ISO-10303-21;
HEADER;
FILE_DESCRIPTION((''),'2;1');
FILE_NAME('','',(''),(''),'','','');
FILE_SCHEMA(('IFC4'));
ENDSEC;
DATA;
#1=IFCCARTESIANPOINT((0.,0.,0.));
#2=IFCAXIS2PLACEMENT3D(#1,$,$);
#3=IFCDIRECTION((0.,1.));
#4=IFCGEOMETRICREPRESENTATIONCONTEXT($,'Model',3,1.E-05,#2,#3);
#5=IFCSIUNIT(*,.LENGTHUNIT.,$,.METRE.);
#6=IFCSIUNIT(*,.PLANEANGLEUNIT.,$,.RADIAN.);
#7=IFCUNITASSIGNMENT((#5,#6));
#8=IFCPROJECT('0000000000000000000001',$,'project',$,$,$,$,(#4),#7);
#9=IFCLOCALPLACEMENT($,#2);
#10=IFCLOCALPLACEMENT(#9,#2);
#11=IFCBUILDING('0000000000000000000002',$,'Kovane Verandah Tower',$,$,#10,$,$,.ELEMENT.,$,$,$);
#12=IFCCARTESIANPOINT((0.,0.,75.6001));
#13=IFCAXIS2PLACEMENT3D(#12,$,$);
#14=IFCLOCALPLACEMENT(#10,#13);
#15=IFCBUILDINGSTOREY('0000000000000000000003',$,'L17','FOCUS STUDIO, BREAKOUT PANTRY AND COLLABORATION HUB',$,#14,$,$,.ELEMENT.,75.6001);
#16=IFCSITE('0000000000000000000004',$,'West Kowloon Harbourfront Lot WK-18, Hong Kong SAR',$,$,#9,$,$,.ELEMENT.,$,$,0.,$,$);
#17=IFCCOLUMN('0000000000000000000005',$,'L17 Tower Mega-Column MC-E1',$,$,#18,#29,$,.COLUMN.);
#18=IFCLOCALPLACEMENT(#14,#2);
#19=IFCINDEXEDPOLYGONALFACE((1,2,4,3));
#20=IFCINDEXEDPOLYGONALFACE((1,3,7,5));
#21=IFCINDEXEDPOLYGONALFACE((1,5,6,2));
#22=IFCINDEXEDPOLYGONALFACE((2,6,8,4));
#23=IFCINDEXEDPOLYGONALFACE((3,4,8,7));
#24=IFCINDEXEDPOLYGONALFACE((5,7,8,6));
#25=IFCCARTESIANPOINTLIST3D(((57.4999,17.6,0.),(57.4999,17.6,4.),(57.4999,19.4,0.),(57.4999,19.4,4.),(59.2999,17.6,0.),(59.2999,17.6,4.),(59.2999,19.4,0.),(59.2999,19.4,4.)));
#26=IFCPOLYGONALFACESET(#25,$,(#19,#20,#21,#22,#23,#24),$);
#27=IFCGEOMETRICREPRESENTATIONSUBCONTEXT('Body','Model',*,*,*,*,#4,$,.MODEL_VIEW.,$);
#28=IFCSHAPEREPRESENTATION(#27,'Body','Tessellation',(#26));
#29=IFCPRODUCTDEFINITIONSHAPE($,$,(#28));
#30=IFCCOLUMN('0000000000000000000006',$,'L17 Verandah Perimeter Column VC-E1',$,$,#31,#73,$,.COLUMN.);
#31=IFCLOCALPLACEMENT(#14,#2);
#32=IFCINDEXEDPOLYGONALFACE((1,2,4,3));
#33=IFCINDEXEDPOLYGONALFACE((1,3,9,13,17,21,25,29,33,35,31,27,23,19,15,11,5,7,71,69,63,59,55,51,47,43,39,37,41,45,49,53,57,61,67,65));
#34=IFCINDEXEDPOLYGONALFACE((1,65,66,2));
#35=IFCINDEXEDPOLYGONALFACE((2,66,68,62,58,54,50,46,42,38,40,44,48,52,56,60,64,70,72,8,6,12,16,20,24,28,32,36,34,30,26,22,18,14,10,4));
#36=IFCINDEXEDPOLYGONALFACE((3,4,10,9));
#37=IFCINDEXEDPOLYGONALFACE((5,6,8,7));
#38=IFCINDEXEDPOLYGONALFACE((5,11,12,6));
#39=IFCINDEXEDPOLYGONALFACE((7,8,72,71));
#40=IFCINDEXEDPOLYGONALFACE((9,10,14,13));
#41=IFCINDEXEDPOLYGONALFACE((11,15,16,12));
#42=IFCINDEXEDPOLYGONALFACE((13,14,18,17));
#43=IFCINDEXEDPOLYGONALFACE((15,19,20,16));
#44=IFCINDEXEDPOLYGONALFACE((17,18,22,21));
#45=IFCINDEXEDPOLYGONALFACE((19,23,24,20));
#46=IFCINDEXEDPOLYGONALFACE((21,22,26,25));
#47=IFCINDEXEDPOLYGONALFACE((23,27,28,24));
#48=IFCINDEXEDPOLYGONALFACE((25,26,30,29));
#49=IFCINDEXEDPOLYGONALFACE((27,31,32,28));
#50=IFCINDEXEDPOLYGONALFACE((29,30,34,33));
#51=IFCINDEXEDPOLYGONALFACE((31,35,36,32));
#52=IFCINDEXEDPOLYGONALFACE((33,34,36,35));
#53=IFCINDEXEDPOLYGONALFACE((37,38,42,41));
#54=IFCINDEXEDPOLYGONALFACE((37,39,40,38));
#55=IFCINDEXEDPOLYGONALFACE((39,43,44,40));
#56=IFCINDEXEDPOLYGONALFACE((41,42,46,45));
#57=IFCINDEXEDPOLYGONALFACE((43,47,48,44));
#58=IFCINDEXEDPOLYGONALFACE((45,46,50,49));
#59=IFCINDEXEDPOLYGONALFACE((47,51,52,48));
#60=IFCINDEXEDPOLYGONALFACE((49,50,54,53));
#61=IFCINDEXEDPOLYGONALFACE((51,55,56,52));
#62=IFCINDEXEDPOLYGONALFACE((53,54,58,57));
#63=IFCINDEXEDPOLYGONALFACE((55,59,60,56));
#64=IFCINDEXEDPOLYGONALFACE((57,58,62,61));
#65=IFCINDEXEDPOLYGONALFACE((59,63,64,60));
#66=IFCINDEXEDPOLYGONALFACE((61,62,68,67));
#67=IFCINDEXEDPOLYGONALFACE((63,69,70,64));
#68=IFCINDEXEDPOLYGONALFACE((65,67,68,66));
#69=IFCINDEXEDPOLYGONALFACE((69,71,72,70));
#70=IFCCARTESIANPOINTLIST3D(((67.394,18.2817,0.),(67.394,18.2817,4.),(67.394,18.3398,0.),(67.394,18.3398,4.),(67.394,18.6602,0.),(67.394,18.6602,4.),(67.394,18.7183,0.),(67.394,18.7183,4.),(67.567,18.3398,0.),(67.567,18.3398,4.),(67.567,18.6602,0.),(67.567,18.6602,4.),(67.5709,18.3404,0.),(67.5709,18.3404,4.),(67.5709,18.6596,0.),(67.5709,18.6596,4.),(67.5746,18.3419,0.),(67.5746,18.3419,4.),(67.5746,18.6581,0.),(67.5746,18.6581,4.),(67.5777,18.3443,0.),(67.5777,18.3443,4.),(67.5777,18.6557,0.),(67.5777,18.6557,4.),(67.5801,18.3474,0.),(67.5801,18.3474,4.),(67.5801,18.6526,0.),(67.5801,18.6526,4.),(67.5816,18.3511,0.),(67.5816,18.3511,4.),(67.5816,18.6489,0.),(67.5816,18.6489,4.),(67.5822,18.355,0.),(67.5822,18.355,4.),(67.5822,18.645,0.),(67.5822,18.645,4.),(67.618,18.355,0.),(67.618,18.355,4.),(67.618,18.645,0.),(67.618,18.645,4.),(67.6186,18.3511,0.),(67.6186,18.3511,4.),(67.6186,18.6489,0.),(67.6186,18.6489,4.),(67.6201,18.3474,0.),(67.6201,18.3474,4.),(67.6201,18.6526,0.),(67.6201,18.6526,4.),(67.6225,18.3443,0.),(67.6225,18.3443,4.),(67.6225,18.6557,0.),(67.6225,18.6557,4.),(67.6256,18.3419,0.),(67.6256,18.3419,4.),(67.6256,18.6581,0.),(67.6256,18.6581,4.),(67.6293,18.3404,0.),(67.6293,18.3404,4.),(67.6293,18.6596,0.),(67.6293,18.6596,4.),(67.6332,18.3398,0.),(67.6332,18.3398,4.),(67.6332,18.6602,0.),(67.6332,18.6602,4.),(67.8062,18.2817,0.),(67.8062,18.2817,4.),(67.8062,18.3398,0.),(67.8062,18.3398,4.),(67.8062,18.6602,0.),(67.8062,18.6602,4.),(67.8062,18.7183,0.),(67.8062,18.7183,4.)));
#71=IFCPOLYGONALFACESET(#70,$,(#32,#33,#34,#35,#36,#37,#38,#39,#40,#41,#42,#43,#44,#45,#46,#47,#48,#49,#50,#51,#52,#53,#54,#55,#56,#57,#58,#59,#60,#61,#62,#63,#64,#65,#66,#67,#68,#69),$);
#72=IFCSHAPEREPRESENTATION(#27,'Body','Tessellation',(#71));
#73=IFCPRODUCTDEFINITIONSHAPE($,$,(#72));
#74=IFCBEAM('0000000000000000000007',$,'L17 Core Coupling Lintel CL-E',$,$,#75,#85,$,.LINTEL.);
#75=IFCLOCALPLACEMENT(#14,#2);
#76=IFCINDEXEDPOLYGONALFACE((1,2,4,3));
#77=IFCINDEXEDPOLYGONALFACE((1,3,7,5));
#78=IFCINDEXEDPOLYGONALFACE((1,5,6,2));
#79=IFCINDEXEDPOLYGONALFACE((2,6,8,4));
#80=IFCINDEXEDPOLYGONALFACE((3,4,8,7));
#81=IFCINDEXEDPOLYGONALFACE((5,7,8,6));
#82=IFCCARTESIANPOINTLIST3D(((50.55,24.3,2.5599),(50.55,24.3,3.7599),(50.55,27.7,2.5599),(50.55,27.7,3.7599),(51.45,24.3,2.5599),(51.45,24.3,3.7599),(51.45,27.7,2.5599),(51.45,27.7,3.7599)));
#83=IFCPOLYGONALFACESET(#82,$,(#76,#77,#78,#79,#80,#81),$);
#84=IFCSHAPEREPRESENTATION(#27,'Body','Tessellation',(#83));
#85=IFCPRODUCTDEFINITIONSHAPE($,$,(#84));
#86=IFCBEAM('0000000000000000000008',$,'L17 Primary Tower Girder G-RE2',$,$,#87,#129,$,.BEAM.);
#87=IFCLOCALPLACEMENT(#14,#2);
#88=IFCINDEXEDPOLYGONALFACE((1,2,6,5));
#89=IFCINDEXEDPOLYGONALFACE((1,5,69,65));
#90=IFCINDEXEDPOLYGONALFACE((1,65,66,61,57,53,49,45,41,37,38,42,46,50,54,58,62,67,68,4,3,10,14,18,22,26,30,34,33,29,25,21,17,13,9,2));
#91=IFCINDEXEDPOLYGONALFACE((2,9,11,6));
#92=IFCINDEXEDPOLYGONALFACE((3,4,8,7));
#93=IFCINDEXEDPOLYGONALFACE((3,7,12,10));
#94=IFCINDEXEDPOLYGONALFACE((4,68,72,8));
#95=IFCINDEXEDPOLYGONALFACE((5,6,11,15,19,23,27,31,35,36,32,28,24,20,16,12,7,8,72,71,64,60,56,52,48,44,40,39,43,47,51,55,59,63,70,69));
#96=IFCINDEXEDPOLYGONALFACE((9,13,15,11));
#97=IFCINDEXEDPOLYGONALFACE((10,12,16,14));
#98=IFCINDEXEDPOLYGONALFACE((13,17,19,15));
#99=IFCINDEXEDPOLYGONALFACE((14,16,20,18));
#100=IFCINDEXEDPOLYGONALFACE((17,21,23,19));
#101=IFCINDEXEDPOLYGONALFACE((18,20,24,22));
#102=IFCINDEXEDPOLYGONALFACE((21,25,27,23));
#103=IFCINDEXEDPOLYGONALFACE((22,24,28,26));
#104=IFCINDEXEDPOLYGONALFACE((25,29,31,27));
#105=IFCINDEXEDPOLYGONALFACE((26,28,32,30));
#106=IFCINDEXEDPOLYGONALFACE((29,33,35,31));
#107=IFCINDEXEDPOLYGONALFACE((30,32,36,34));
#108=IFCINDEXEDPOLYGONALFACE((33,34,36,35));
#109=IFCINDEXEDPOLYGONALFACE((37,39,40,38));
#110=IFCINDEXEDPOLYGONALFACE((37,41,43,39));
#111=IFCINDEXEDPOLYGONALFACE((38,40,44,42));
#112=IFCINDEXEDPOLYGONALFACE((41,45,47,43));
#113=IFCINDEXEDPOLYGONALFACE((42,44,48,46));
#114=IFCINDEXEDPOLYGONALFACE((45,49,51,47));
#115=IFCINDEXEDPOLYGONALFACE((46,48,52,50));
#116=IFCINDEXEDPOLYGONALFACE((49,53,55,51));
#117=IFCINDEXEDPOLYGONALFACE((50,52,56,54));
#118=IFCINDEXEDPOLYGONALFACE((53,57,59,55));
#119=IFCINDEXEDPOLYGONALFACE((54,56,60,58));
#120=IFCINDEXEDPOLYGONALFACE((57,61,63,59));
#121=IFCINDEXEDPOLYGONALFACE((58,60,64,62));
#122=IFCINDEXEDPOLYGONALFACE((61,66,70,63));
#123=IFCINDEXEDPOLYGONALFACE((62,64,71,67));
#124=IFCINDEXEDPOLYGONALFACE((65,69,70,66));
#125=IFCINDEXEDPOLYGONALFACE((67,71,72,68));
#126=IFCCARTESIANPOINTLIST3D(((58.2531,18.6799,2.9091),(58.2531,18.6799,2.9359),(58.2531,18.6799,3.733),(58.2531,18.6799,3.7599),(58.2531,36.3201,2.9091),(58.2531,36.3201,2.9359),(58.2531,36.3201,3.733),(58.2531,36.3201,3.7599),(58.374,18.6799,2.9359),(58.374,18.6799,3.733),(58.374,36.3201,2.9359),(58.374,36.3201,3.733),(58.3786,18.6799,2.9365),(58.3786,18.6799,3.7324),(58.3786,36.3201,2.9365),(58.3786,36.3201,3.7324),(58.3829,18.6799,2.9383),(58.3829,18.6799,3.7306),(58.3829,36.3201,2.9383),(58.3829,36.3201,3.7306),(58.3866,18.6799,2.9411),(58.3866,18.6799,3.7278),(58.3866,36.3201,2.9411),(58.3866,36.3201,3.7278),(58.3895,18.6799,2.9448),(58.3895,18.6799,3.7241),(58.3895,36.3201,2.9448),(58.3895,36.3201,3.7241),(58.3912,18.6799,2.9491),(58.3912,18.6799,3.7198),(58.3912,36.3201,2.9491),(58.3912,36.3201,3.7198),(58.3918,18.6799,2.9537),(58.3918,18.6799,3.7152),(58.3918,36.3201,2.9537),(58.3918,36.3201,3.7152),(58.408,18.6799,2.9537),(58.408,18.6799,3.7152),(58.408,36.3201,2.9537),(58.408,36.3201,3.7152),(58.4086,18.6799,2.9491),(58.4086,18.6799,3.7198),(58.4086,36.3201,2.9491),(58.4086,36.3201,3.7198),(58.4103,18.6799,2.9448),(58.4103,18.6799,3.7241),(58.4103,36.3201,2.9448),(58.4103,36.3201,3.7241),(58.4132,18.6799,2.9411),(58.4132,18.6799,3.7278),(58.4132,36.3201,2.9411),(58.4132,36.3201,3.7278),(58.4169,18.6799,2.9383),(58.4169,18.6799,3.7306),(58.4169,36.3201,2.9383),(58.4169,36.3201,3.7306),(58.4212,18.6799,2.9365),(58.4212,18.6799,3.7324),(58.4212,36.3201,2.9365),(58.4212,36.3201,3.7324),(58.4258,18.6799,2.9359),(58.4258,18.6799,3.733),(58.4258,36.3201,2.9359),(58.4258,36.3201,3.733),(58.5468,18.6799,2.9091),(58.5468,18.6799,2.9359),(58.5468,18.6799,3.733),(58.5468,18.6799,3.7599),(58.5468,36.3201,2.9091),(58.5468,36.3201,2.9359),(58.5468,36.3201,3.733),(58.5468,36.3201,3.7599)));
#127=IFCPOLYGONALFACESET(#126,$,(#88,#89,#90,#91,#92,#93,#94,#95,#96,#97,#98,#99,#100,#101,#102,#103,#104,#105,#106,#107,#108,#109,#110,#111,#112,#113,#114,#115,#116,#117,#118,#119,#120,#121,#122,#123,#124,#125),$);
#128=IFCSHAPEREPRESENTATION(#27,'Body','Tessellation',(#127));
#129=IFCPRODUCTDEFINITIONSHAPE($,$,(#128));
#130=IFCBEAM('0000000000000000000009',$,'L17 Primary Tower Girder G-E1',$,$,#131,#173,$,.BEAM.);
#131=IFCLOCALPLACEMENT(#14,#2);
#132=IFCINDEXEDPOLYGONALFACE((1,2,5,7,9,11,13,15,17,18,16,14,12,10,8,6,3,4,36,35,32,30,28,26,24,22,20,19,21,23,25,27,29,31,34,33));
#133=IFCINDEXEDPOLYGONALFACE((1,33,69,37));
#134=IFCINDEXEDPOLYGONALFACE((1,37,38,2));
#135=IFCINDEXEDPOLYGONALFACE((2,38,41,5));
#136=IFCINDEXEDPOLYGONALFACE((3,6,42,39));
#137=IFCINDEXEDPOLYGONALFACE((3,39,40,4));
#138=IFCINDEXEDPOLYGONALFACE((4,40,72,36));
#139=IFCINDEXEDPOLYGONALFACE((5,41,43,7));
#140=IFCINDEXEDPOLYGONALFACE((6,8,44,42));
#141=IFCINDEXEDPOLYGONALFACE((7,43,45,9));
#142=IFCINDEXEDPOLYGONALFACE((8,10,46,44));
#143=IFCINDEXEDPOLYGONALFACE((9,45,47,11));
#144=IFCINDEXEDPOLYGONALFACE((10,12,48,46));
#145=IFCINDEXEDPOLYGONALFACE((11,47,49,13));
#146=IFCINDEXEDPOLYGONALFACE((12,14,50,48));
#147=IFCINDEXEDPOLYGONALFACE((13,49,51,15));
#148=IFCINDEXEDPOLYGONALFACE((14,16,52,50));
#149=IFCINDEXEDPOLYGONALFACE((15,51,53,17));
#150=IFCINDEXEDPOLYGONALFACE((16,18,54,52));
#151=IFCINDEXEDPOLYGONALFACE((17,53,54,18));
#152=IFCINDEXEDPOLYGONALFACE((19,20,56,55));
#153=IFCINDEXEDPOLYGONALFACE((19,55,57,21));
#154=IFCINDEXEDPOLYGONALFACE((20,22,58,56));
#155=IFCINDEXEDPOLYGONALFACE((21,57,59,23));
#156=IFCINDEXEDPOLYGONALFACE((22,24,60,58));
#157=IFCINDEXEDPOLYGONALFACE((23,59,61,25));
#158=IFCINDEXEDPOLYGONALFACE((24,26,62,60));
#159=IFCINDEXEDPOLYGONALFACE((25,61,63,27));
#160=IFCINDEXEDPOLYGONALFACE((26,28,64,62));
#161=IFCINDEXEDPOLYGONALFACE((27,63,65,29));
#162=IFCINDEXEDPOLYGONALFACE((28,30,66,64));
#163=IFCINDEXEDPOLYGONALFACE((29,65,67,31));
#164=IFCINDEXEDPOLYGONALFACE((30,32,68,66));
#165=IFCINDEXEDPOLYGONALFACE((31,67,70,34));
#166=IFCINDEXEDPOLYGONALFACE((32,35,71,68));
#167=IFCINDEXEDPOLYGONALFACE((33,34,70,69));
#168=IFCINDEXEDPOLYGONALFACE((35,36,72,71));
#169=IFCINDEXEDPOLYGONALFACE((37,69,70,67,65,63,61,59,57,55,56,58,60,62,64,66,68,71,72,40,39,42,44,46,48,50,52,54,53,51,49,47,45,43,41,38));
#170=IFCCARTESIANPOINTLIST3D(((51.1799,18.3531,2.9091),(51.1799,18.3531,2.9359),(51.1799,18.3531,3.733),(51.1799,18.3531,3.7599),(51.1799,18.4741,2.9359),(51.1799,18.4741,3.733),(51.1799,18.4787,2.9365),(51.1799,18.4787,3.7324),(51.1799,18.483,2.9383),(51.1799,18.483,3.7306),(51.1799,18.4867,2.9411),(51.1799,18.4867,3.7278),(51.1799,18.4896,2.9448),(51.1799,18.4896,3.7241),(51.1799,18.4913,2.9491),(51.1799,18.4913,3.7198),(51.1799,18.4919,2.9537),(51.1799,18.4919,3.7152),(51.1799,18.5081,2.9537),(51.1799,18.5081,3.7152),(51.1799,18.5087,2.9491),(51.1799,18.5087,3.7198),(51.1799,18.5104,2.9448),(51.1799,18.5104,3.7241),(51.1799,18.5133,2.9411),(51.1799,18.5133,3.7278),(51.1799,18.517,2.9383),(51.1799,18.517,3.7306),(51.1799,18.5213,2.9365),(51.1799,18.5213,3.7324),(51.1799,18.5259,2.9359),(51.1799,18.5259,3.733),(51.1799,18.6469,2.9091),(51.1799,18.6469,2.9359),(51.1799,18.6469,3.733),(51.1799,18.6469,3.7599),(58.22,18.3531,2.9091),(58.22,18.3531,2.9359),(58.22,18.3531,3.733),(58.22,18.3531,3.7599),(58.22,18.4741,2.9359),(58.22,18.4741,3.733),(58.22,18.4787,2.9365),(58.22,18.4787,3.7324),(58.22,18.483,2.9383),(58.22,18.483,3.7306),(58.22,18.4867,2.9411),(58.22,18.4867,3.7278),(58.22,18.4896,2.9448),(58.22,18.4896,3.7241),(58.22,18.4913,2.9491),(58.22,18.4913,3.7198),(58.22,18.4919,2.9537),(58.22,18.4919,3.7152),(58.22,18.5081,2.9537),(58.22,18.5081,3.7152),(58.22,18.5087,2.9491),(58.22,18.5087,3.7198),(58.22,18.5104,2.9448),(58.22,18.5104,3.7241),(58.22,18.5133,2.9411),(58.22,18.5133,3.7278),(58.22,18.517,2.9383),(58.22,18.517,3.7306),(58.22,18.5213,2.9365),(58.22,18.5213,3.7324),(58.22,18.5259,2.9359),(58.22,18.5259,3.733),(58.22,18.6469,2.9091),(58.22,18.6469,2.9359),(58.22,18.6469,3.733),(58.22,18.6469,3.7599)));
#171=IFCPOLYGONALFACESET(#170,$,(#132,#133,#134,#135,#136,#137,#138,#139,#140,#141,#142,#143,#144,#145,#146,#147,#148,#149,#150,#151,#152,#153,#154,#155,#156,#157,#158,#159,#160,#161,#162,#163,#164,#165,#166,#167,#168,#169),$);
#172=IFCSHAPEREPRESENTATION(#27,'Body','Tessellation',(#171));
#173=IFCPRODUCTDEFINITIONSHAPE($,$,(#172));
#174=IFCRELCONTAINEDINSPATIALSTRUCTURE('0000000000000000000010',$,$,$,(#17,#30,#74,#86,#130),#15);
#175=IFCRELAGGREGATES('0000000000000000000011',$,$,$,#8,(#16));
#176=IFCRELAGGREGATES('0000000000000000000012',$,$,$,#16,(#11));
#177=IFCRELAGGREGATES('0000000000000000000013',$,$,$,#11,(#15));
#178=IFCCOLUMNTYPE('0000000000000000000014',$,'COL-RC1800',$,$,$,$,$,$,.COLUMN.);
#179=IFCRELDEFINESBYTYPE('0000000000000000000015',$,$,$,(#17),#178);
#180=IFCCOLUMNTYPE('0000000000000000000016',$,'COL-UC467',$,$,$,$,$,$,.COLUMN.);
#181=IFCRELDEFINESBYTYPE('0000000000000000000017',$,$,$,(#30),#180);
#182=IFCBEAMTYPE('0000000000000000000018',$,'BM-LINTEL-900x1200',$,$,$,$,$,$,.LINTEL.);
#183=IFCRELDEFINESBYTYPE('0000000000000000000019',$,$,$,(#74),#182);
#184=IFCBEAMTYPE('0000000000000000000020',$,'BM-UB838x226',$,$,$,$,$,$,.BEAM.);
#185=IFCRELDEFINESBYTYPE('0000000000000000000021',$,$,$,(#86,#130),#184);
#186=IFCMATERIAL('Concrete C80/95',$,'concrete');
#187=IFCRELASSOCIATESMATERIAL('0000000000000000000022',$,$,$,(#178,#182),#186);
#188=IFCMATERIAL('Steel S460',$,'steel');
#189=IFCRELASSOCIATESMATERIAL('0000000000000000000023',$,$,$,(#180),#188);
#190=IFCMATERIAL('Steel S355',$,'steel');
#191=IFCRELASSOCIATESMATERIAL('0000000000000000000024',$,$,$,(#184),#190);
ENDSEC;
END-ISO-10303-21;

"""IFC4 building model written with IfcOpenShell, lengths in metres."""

from ifc_helpers import new_model, si_unit, direction, frame, origin, origin_2d, place, context, subcontext, project, spatial, rectangle, i_section, extrude, material, material_profile, profile_set, type_object, element, save


model = new_model("IFC4")

# Units and contexts
model_context = context("Model", 3, precision=1e-05, world=origin(), true_north=direction((0.0, 1.0)))
body_context = subcontext(model_context, "Body", "Model", "MODEL_VIEW")
ifc_project = project(units=[si_unit("LENGTHUNIT", "METRE"), si_unit("PLANEANGLEUNIT", "RADIAN")], contexts=[model_context])

# Site, building, storey
site_placement = place(None, origin())
site = spatial("IfcSite", under=ifc_project, at=site_placement, Name="West Kowloon Harbourfront Lot WK-18, Hong Kong SAR", CompositionType="ELEMENT", RefElevation=0.0)
building_placement = place(site_placement, origin())
building = spatial("IfcBuilding", under=site, at=building_placement, Name="Kovane Verandah Tower", CompositionType="ELEMENT")
storey_placement = place(building_placement, frame((0.0, 0.0, 75.6001)))
storey = spatial("IfcBuildingStorey", under=building, at=storey_placement, Name="L17", Description="FOCUS STUDIO, BREAKOUT PANTRY AND COLLABORATION HUB", CompositionType="ELEMENT", Elevation=75.6001)

# Columns
ifc_material_1 = material(Name="Concrete C80/95", Category="concrete")
ifc_material_profile_1 = material_profile(ifc_material_1, rectangle(XDim=1.8, YDim=1.8, at=origin_2d()), Name="RC1800x1800")
ifc_profile_set_1 = profile_set([ifc_material_profile_1], Name="Concrete C80/95")
column_type_1 = type_object("IfcColumnType", Name="COL-RC1800", PredefinedType="COLUMN", material=ifc_profile_set_1)
column_1_placement = place(storey_placement, frame((58.3999, 18.5, 0.0), z_axis=(0.0, 0.0, 1.0), x_axis=(1.0, 0.0, 0.0)))
element("IfcColumn", 1, at=column_1_placement, inside=storey, type_object=column_type_1, Name="L17 Tower Mega-Column MC-E1", PredefinedType="COLUMN", context=body_context, shape_type="SweptSolid", body=[
    extrude(rectangle(XDim=1.8, YDim=1.8, at=origin_2d()), origin(), (0.0, 0.0, 1.0), 4.0),
])
ifc_material_2 = material(Name="Steel S460", Category="steel")
ifc_material_profile_2 = material_profile(ifc_material_2, i_section(OverallWidth=0.4121, OverallDepth=0.4365, WebThickness=0.0359, FlangeThickness=0.0581, FilletRadius=0.0151, at=origin_2d()), Name="UC356x406x467")
ifc_profile_set_2 = profile_set([ifc_material_profile_2], Name="Steel S460")
column_type_2 = type_object("IfcColumnType", Name="COL-UC467", PredefinedType="COLUMN", material=ifc_profile_set_2)
column_2_placement = place(storey_placement, frame((67.6001, 18.5, 0.0), z_axis=(0.0, 0.0, 1.0), x_axis=(1.0, 0.0, 0.0)))
element("IfcColumn", 2, at=column_2_placement, inside=storey, type_object=column_type_2, Name="L17 Verandah Perimeter Column VC-E1", PredefinedType="COLUMN", context=body_context, shape_type="SweptSolid", body=[
    extrude(i_section(OverallWidth=0.4121, OverallDepth=0.4365, WebThickness=0.0359, FlangeThickness=0.0581, FilletRadius=0.0151, at=origin_2d()), origin(), (0.0, 0.0, 1.0), 4.0),
])

# Beams
ifc_material_profile_3 = material_profile(ifc_material_1, rectangle(XDim=0.8999, YDim=1.2, at=origin_2d()), Name="RCB900x1200")
ifc_profile_set_3 = profile_set([ifc_material_profile_3], Name="Concrete C80/95")
beam_type_1 = type_object("IfcBeamType", Name="BM-LINTEL-900x1200", PredefinedType="LINTEL", material=ifc_profile_set_3)
beam_1_placement = place(storey_placement, frame((51.0, 24.3, 3.1599), z_axis=(0.0, 1.0, 0.0), x_axis=(-1.0, 0.0, 0.0)))
element("IfcBeam", 3, at=beam_1_placement, inside=storey, type_object=beam_type_1, Name="L17 Core Coupling Lintel CL-E", PredefinedType="LINTEL", context=body_context, shape_type="SweptSolid", body=[
    extrude(rectangle(XDim=0.8999, YDim=1.2, at=origin_2d()), origin(), (0.0, 0.0, 1.0), 3.3999),
])
ifc_material_3 = material(Name="Steel S355", Category="steel")
ifc_material_profile_4 = material_profile(ifc_material_3, i_section(OverallWidth=0.2937, OverallDepth=0.8508, WebThickness=0.0161, FlangeThickness=0.0269, FilletRadius=0.0178, at=origin_2d()), Name="UB838x292x226")
ifc_profile_set_4 = profile_set([ifc_material_profile_4], Name="Steel S355")
beam_type_2 = type_object("IfcBeamType", Name="BM-UB838x226", PredefinedType="BEAM", material=ifc_profile_set_4)
beam_2_placement = place(storey_placement, frame((58.3999, 18.6799, 3.3345), z_axis=(0.0, 1.0, 0.0), x_axis=(-1.0, 0.0, 0.0)))
element("IfcBeam", 4, at=beam_2_placement, inside=storey, type_object=beam_type_2, Name="L17 Primary Tower Girder G-RE2", PredefinedType="BEAM", context=body_context, shape_type="SweptSolid", body=[
    extrude(i_section(OverallWidth=0.2937, OverallDepth=0.8508, WebThickness=0.0161, FlangeThickness=0.0269, FilletRadius=0.0178, at=origin_2d()), origin(), (0.0, 0.0, 1.0), 17.6401),
])
beam_3_placement = place(storey_placement, frame((51.1799, 18.5, 3.3345), z_axis=(1.0, 0.0, 0.0), x_axis=(0.0, 1.0, 0.0)))
element("IfcBeam", 5, at=beam_3_placement, inside=storey, type_object=beam_type_2, Name="L17 Primary Tower Girder G-E1", PredefinedType="BEAM", context=body_context, shape_type="SweptSolid", body=[
    extrude(i_section(OverallWidth=0.2937, OverallDepth=0.8508, WebThickness=0.0161, FlangeThickness=0.0269, FilletRadius=0.0178, at=origin_2d()), origin(), (0.0, 0.0, 1.0), 7.04),
])

save(model, "model.ifc")
